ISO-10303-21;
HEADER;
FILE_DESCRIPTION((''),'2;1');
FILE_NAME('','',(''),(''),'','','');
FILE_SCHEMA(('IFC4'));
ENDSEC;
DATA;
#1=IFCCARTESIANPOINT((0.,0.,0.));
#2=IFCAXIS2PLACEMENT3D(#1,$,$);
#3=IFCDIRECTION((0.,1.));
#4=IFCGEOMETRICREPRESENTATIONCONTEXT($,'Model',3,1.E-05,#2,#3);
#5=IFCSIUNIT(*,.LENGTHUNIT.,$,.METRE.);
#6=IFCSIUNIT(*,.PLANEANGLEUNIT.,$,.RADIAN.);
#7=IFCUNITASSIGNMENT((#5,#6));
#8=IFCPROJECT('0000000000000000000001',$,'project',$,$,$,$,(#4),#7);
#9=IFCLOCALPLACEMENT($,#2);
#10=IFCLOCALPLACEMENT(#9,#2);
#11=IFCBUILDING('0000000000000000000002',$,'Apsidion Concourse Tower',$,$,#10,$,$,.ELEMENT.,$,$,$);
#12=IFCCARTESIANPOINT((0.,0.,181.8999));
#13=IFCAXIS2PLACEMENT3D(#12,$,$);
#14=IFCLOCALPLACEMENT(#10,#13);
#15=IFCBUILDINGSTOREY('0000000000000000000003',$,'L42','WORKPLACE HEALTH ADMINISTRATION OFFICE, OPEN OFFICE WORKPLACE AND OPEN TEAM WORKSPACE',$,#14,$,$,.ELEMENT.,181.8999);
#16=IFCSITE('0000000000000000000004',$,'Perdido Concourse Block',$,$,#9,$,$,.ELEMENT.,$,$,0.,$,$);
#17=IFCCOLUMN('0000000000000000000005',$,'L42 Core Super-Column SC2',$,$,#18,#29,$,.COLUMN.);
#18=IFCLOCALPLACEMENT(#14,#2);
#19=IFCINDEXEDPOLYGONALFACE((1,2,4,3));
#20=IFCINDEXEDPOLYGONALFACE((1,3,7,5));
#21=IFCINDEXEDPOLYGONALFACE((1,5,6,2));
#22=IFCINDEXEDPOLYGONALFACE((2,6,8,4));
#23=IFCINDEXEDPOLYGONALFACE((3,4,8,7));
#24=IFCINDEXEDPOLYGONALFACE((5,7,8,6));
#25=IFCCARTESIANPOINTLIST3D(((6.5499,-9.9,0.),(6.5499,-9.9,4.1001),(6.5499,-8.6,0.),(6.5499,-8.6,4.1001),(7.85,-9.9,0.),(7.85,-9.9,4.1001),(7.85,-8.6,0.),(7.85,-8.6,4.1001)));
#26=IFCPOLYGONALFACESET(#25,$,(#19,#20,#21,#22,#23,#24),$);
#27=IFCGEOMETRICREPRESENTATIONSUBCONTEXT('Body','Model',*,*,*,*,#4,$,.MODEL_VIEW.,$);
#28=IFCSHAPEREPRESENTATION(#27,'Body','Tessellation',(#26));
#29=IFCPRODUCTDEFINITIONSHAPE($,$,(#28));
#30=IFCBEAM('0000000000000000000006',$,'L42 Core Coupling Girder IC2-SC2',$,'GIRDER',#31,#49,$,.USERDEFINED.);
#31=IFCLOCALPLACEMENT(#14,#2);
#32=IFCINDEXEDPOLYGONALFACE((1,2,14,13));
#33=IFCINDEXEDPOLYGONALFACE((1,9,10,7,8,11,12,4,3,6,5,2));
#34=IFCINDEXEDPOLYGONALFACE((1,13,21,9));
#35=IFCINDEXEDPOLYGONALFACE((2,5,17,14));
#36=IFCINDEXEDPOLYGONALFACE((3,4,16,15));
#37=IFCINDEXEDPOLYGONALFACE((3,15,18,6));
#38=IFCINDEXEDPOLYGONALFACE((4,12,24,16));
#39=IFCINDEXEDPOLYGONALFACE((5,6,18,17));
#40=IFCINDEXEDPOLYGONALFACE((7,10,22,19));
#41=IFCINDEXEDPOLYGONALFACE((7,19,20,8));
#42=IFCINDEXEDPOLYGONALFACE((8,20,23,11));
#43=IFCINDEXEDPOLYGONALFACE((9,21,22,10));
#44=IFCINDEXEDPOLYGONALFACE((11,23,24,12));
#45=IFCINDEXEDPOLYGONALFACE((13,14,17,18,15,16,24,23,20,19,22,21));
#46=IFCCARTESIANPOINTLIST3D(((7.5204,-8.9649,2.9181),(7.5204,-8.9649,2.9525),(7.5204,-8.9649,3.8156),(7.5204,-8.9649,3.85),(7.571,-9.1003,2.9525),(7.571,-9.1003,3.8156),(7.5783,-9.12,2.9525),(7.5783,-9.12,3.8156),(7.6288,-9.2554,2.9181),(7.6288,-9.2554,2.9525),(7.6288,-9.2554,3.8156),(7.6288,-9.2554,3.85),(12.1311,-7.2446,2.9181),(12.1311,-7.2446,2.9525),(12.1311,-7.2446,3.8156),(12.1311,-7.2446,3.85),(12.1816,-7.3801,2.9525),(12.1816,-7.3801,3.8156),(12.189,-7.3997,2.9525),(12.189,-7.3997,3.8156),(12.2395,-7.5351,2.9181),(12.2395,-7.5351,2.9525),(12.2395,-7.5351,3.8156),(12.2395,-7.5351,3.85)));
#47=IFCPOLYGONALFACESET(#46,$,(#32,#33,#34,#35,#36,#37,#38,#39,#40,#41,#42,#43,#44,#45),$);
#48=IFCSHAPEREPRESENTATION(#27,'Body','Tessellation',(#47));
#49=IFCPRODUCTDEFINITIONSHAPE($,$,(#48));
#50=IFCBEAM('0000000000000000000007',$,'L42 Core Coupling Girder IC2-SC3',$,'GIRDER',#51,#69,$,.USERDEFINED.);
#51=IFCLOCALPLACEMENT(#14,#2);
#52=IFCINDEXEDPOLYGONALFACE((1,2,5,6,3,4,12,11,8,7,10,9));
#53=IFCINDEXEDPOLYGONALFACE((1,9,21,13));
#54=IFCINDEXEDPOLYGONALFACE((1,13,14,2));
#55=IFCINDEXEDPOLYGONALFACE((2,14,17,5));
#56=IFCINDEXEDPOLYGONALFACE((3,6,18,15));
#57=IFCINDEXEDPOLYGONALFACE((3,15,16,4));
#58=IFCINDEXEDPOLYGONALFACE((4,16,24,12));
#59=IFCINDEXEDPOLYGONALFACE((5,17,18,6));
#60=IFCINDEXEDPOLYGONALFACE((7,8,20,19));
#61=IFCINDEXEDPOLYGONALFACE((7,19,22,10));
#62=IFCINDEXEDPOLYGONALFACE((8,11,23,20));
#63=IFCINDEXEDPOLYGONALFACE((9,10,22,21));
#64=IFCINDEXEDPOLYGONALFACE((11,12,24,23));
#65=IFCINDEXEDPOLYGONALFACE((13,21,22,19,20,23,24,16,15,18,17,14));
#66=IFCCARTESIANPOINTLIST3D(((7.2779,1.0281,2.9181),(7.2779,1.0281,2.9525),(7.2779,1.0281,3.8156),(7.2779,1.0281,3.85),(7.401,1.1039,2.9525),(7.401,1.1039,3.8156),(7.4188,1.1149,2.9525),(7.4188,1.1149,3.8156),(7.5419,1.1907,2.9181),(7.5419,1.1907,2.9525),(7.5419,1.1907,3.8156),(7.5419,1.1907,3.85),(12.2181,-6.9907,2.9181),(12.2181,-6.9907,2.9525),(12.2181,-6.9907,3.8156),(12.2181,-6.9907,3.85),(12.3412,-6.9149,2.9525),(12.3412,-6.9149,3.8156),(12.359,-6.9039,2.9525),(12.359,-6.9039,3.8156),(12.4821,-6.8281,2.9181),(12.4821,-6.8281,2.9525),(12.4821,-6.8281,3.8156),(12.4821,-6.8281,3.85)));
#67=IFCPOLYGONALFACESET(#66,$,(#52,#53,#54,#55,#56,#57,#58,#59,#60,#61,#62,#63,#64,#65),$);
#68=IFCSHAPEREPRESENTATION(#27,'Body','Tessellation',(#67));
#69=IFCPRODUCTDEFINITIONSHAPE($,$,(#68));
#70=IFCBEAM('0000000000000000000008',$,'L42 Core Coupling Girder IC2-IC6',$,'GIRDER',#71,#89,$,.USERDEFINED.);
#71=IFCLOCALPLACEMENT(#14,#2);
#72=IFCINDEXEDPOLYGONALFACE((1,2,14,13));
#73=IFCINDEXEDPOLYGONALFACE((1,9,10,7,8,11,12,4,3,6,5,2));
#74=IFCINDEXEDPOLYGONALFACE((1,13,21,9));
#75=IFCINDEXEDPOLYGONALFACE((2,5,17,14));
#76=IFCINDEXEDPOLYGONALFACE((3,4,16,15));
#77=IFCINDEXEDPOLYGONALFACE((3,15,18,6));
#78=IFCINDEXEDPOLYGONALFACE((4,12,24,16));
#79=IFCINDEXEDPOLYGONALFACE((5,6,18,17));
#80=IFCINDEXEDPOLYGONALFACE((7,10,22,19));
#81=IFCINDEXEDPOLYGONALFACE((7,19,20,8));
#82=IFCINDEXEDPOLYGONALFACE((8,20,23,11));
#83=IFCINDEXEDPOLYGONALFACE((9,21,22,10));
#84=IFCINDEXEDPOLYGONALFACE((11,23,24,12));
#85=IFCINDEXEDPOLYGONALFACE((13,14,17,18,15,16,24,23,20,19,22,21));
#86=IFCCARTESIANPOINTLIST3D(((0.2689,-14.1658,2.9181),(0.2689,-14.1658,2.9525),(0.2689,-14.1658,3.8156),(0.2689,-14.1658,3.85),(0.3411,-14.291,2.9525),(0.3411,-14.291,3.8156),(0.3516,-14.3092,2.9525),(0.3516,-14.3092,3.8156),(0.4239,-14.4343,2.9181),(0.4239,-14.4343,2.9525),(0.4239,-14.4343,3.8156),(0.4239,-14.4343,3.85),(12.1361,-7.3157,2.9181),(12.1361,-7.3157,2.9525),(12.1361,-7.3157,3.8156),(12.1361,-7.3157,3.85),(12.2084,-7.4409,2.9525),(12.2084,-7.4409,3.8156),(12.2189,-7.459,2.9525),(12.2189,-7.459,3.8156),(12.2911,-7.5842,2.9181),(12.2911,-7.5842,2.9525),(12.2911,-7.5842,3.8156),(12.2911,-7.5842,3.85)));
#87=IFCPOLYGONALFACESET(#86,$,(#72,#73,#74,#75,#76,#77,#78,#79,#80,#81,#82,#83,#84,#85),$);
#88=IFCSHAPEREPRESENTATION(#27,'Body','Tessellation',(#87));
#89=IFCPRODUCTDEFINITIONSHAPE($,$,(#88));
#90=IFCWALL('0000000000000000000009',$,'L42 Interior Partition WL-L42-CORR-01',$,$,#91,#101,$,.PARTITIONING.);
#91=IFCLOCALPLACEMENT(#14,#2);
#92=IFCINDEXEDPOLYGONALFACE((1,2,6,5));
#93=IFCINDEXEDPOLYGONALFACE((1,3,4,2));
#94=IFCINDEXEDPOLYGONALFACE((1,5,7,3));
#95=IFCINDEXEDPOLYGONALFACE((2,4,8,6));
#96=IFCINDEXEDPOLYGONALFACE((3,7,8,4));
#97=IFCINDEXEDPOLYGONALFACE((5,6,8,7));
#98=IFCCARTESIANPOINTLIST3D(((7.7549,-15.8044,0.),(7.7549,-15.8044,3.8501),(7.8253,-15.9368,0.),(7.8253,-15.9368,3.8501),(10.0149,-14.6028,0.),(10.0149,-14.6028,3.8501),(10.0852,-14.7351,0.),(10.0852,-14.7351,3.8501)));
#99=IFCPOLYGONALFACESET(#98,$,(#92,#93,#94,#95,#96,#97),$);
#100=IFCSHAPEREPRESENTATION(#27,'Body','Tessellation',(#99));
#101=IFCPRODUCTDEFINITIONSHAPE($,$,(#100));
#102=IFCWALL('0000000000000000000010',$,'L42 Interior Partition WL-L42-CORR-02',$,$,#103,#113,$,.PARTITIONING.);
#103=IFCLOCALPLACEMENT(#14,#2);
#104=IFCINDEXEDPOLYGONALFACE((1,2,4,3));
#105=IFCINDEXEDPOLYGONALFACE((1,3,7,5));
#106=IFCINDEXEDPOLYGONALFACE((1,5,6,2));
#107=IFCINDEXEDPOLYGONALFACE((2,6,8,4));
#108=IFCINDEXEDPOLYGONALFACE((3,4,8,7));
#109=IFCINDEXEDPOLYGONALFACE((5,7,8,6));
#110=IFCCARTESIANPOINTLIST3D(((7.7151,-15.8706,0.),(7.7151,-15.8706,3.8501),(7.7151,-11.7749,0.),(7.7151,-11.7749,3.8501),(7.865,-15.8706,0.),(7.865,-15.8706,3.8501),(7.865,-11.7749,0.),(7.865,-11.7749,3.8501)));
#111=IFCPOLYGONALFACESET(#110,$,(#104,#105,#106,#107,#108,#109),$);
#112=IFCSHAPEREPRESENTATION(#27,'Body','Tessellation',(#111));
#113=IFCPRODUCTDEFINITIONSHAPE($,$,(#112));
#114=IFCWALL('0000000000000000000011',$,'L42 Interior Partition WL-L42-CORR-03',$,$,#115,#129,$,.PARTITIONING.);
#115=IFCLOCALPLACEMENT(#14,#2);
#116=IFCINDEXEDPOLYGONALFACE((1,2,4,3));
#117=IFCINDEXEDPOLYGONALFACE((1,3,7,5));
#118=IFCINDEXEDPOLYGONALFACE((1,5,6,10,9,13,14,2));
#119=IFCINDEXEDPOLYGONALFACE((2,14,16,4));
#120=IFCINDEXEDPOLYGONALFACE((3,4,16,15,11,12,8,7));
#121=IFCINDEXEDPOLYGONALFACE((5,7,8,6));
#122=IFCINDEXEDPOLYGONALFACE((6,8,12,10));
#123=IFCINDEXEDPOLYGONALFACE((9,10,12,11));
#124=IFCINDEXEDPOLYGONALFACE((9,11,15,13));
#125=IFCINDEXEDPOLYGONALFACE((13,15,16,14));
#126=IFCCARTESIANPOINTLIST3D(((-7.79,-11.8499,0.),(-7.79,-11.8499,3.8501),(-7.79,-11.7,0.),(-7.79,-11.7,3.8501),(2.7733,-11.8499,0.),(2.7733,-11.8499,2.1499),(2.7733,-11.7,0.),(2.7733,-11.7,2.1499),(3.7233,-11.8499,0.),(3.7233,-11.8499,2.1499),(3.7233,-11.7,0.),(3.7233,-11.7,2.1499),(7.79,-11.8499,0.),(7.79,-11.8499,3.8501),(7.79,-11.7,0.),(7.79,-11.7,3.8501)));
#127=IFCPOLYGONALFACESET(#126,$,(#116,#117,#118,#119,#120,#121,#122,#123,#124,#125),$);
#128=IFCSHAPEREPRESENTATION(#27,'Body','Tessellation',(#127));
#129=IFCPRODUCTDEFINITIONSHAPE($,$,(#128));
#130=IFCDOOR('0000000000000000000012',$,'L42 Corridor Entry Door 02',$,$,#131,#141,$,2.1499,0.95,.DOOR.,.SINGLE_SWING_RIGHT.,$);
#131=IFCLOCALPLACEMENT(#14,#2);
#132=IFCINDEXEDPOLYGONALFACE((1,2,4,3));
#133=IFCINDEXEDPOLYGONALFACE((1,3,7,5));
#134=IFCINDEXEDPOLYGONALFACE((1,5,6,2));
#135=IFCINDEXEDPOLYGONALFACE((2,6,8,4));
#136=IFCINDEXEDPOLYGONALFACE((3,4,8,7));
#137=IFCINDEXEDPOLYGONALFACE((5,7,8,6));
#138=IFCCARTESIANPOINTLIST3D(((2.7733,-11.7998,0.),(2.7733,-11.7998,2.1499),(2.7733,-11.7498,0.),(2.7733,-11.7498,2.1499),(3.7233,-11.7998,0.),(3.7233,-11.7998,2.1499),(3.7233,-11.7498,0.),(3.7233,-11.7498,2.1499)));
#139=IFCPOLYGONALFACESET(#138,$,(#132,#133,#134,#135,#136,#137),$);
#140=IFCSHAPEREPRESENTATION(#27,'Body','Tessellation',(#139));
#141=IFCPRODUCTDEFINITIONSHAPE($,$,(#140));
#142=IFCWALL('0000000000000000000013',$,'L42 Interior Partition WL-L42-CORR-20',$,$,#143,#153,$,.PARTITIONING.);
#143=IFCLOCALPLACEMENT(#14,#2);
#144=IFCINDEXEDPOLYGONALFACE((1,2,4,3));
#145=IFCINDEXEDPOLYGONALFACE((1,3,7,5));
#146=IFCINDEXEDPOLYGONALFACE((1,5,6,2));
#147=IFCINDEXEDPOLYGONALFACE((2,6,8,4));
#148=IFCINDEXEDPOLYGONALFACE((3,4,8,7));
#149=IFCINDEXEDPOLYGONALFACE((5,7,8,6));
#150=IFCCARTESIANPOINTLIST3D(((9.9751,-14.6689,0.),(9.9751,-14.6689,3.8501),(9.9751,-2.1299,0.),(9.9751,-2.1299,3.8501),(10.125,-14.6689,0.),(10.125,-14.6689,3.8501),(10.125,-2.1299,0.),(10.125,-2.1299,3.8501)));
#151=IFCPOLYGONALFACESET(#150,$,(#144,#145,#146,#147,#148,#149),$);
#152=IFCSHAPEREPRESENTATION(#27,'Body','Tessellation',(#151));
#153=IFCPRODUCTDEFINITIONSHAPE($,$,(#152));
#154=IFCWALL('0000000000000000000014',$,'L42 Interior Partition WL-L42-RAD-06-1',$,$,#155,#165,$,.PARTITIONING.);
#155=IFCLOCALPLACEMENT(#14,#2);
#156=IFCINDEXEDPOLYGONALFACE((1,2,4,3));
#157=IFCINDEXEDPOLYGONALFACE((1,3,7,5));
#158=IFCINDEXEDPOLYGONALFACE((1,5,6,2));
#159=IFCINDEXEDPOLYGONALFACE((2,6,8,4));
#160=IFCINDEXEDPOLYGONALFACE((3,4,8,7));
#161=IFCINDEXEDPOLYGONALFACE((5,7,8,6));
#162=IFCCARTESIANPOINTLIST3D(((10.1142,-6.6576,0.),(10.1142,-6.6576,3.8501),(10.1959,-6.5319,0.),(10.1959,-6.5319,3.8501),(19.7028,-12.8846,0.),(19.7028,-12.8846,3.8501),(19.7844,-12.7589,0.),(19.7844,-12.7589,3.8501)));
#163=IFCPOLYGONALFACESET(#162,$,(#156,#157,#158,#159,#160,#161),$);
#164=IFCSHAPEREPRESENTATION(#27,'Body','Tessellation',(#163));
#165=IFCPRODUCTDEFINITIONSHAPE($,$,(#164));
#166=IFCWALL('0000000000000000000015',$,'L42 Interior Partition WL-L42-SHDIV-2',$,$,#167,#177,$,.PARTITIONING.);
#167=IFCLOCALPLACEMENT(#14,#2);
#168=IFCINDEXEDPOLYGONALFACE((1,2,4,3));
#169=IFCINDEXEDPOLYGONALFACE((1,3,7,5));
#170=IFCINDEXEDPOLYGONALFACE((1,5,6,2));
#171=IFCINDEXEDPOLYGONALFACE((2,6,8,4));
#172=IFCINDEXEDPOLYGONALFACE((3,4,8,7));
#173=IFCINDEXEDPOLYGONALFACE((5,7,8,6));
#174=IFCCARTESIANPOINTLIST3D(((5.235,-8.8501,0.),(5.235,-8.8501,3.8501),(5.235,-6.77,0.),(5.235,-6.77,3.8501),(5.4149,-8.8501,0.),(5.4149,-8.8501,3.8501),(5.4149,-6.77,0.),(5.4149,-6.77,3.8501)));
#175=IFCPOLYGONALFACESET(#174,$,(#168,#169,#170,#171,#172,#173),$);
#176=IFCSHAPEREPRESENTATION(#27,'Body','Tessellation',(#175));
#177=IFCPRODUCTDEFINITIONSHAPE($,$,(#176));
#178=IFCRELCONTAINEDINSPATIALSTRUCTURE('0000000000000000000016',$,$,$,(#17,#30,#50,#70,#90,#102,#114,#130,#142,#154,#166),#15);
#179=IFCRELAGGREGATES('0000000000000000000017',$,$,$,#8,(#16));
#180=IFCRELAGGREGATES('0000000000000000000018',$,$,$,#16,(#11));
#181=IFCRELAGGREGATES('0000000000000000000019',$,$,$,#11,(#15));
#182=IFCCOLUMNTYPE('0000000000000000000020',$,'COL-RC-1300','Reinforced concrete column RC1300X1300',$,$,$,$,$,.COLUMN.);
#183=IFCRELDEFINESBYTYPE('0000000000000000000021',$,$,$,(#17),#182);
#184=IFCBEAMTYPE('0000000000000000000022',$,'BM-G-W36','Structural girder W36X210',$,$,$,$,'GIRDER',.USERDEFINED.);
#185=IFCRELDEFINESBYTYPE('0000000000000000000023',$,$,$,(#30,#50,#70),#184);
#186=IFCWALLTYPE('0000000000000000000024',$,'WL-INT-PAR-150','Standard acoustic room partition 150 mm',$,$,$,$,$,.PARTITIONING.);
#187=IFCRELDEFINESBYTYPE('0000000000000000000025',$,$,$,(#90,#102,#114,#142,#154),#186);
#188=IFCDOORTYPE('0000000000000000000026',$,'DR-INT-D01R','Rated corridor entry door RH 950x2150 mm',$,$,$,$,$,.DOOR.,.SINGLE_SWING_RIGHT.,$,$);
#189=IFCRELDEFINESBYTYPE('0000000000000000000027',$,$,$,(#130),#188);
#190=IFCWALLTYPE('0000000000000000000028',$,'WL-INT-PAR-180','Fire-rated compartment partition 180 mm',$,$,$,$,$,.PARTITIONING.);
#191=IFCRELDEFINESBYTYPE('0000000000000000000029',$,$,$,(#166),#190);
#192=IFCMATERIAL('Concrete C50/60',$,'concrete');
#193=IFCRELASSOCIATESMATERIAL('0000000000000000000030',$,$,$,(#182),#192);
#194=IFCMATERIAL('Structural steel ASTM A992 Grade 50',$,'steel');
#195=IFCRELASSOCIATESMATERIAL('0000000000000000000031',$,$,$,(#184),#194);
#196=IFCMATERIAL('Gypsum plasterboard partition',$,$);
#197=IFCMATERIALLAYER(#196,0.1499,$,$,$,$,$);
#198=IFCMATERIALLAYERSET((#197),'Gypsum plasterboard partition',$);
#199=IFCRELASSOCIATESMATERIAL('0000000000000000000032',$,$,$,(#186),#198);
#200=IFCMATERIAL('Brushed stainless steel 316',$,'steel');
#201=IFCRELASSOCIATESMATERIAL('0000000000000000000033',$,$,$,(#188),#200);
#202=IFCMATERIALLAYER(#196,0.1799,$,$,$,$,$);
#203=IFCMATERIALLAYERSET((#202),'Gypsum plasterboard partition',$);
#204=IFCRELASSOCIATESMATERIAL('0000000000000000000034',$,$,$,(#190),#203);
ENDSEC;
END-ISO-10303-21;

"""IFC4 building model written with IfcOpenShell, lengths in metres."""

from ifc_helpers import new_model, si_unit, direction, frame, frame_2d, origin, origin_2d, place, context, subcontext, project, spatial, rectangle, i_section, extrude, material, layer, layer_set, material_profile, profile_set, type_object, element, fill, save


model = new_model("IFC4")

# Units and contexts
model_context = context("Model", 3, precision=1e-05, world=origin(), true_north=direction((0.0, 1.0)))
body_context = subcontext(model_context, "Body", "Model", "MODEL_VIEW")
ifc_project = project(units=[si_unit("LENGTHUNIT", "METRE"), si_unit("PLANEANGLEUNIT", "RADIAN")], contexts=[model_context])

# Site, building, storey
site_placement = place(None, origin())
site = spatial("IfcSite", under=ifc_project, at=site_placement, Name="Perdido Concourse Block", CompositionType="ELEMENT", RefElevation=0.0)
building_placement = place(site_placement, origin())
building = spatial("IfcBuilding", under=site, at=building_placement, Name="Apsidion Concourse Tower", CompositionType="ELEMENT")
storey_placement = place(building_placement, frame((0.0, 0.0, 181.8999)))
storey = spatial("IfcBuildingStorey", under=building, at=storey_placement, Name="L42", Description="WORKPLACE HEALTH ADMINISTRATION OFFICE, OPEN OFFICE WORKPLACE AND OPEN TEAM WORKSPACE", CompositionType="ELEMENT", Elevation=181.8999)

# Column
ifc_material_1 = material(Name="Concrete C50/60", Category="concrete")
ifc_material_profile_1 = material_profile(ifc_material_1, rectangle(XDim=1.3, YDim=1.3, at=origin_2d()), Name="RC 1300x1300")
ifc_profile_set_1 = profile_set([ifc_material_profile_1], Name="Concrete C50/60")
column_type = type_object("IfcColumnType", Name="COL-RC-1300", Description="Reinforced concrete column RC1300X1300", PredefinedType="COLUMN", material=ifc_profile_set_1)
column_placement = place(storey_placement, frame((7.2, -9.25, 0.0), z_axis=(0.0, 0.0, 1.0), x_axis=(1.0, 0.0, 0.0)))
element("IfcColumn", 1, at=column_placement, inside=storey, type_object=column_type, Name="L42 Core Super-Column SC2", PredefinedType="COLUMN", context=body_context, shape_type="SweptSolid", body=[
    extrude(rectangle(XDim=1.3, YDim=1.3, at=origin_2d()), origin(), (0.0, 0.0, 1.0), 4.1001),
])

# Beams
ifc_material_2 = material(Name="Structural steel ASTM A992 Grade 50", Category="steel")
ifc_material_profile_2 = material_profile(ifc_material_2, i_section(OverallWidth=0.3101, OverallDepth=0.9319, WebThickness=0.021, FlangeThickness=0.0344, at=origin_2d()), Name="W36X210")
ifc_profile_set_2 = profile_set([ifc_material_profile_2], Name="Structural steel ASTM A992 Grade 50")
beam_type = type_object("IfcBeamType", Name="BM-G-W36", Description="Structural girder W36X210", ElementType="GIRDER", PredefinedType="USERDEFINED", material=ifc_profile_set_2)
beam_1_placement = place(storey_placement, frame((12.1853, -7.3899, 3.384), z_axis=(-0.936913, -0.349563, 0.0), x_axis=(0.349563, -0.936913, 0.0)))
element("IfcBeam", 2, at=beam_1_placement, inside=storey, type_object=beam_type, Name="L42 Core Coupling Girder IC2-SC2", ObjectType="GIRDER", PredefinedType="USERDEFINED", context=body_context, shape_type="SweptSolid", body=[
    extrude(i_section(OverallWidth=0.3101, OverallDepth=0.9319, WebThickness=0.021, FlangeThickness=0.0344, at=origin_2d()), origin(), (0.0, 0.0, 1.0), 4.9211),
])
beam_2_placement = place(storey_placement, frame((12.3501, -6.9094, 3.384), z_axis=(-0.524524, 0.851396, 0.0), x_axis=(-0.851396, -0.524524, 0.0)))
element("IfcBeam", 3, at=beam_2_placement, inside=storey, type_object=beam_type, Name="L42 Core Coupling Girder IC2-SC3", ObjectType="GIRDER", PredefinedType="USERDEFINED", context=body_context, shape_type="SweptSolid", body=[
    extrude(i_section(OverallWidth=0.3101, OverallDepth=0.9319, WebThickness=0.021, FlangeThickness=0.0344, at=origin_2d()), origin(), (0.0, 0.0, 1.0), 9.4185),
])
beam_3_placement = place(storey_placement, frame((12.2136, -7.45, 3.384), z_axis=(-0.86607, -0.499922, 0.0), x_axis=(0.499922, -0.86607, 0.0)))
element("IfcBeam", 4, at=beam_3_placement, inside=storey, type_object=beam_type, Name="L42 Core Coupling Girder IC2-IC6", ObjectType="GIRDER", PredefinedType="USERDEFINED", context=body_context, shape_type="SweptSolid", body=[
    extrude(i_section(OverallWidth=0.3101, OverallDepth=0.9319, WebThickness=0.021, FlangeThickness=0.0344, at=origin_2d()), origin(), (0.0, 0.0, 1.0), 13.7024),
])

# Walls
ifc_material_3 = material(Name="Gypsum plasterboard partition")
ifc_layer_1 = layer(ifc_material_3, 0.1499)
ifc_layer_set_1 = layer_set([ifc_layer_1], Name="Gypsum plasterboard partition")
wall_type_1 = type_object("IfcWallType", Name="WL-INT-PAR-150", Description="Standard acoustic room partition 150 mm", PredefinedType="PARTITIONING", material=ifc_layer_set_1)
wall_1_placement = place(storey_placement, frame((10.05, -14.6689, 0.0), z_axis=(0.0, 0.0, 1.0), x_axis=(-0.882949, -0.469469, 0.0)))
element("IfcWall", 5, at=wall_1_placement, inside=storey, type_object=wall_type_1, Name="L42 Interior Partition WL-L42-CORR-01", PredefinedType="PARTITIONING", context=body_context, shape_type="SweptSolid", body=[
    extrude(rectangle(XDim=2.5596, YDim=0.1499, at=frame_2d((1.2798, 0.0))), origin(), (0.0, 0.0, 1.0), 3.8501),
])
wall_2_placement = place(storey_placement, frame((7.79, -15.8706, 0.0), z_axis=(0.0, 0.0, 1.0), x_axis=(0.0, 1.0, 0.0)))
element("IfcWall", 6, at=wall_2_placement, inside=storey, type_object=wall_type_1, Name="L42 Interior Partition WL-L42-CORR-02", PredefinedType="PARTITIONING", context=body_context, shape_type="SweptSolid", body=[
    extrude(rectangle(XDim=4.0957, YDim=0.1499, at=frame_2d((2.0479, 0.0))), origin(), (0.0, 0.0, 1.0), 3.8501),
])

# Wall, opening, door
wall_3_placement = place(storey_placement, frame((7.79, -11.7749, 0.0), z_axis=(0.0, 0.0, 1.0), x_axis=(-1.0, 0.0, 0.0)))
wall_3 = element("IfcWall", 7, at=wall_3_placement, inside=storey, type_object=wall_type_1, Name="L42 Interior Partition WL-L42-CORR-03", PredefinedType="PARTITIONING", context=body_context, shape_type="SweptSolid", body=[
    extrude(rectangle(XDim=15.5801, YDim=0.1499, at=frame_2d((7.79, 0.0))), origin(), (0.0, 0.0, 1.0), 3.8501),
])
opening_1_placement = place(wall_3_placement, frame((4.0667, 0.0, 0.0)))
opening_1 = element("IfcOpeningElement", 8, at=opening_1_placement, cuts=wall_3, PredefinedType="OPENING", context=body_context, shape_type="SweptSolid", body=[
    extrude(rectangle(XDim=0.95, YDim=2.1499, at=frame_2d((0.4751, 1.075))), frame((0.0, 0.085, 0.0), z_axis=(0.0, -1.0, 0.0), x_axis=(1.0, 0.0, 0.0)), (0.0, 0.0, 1.0), 0.1699),
])
ifc_material_4 = material(Name="Brushed stainless steel 316", Category="steel")
door_type_1 = type_object("IfcDoorType", Name="DR-INT-D01R", Description="Rated corridor entry door RH 950x2150 mm", OperationType="SINGLE_SWING_RIGHT", PredefinedType="DOOR", material=ifc_material_4)
door_1_placement = place(opening_1_placement, origin())
door_1 = element("IfcDoor", 9, at=door_1_placement, inside=storey, type_object=door_type_1, Name="L42 Corridor Entry Door 02", OperationType="SINGLE_SWING_RIGHT", OverallHeight=2.1499, OverallWidth=0.95, PredefinedType="DOOR", context=body_context, shape_type="SweptSolid", body=[
    extrude(rectangle(XDim=0.95, YDim=2.1499, at=frame_2d((0.4751, 1.075))), frame((0.0, 0.0249, 0.0), z_axis=(0.0, -1.0, 0.0), x_axis=(1.0, 0.0, 0.0)), (0.0, 0.0, 1.0), 0.05),
])
fill(opening_1, door_1)

# Walls
wall_4_placement = place(storey_placement, frame((10.05, -2.1299, 0.0), z_axis=(0.0, 0.0, 1.0), x_axis=(0.0, -1.0, 0.0)))
element("IfcWall", 10, at=wall_4_placement, inside=storey, type_object=wall_type_1, Name="L42 Interior Partition WL-L42-CORR-20", PredefinedType="PARTITIONING", context=body_context, shape_type="SweptSolid", body=[
    extrude(rectangle(XDim=12.5391, YDim=0.1499, at=frame_2d((6.2695, 0.0))), origin(), (0.0, 0.0, 1.0), 3.8501),
])
wall_5_placement = place(storey_placement, frame((10.155, -6.5947, 0.0), z_axis=(0.0, 0.0, 1.0), x_axis=(0.838666, -0.544647, 0.0)))
element("IfcWall", 11, at=wall_5_placement, inside=storey, type_object=wall_type_1, Name="L42 Interior Partition WL-L42-RAD-06-1", PredefinedType="PARTITIONING", context=body_context, shape_type="SweptSolid", body=[
    extrude(rectangle(XDim=11.4331, YDim=0.1499, at=frame_2d((5.7166, 0.0))), origin(), (0.0, 0.0, 1.0), 3.8501),
])
ifc_layer_2 = layer(ifc_material_3, 0.1799)
ifc_layer_set_2 = layer_set([ifc_layer_2], Name="Gypsum plasterboard partition")
wall_type_2 = type_object("IfcWallType", Name="WL-INT-PAR-180", Description="Fire-rated compartment partition 180 mm", PredefinedType="PARTITIONING", material=ifc_layer_set_2)
wall_6_placement = place(storey_placement, frame((5.325, -8.8501, 0.0), z_axis=(0.0, 0.0, 1.0), x_axis=(0.0, 1.0, 0.0)))
element("IfcWall", 12, at=wall_6_placement, inside=storey, type_object=wall_type_2, Name="L42 Interior Partition WL-L42-SHDIV-2", PredefinedType="PARTITIONING", context=body_context, shape_type="SweptSolid", body=[
    extrude(rectangle(XDim=2.0801, YDim=0.1799, at=frame_2d((1.04, 0.0))), origin(), (0.0, 0.0, 1.0), 3.8501),
])

save(model, "model.ifc")
